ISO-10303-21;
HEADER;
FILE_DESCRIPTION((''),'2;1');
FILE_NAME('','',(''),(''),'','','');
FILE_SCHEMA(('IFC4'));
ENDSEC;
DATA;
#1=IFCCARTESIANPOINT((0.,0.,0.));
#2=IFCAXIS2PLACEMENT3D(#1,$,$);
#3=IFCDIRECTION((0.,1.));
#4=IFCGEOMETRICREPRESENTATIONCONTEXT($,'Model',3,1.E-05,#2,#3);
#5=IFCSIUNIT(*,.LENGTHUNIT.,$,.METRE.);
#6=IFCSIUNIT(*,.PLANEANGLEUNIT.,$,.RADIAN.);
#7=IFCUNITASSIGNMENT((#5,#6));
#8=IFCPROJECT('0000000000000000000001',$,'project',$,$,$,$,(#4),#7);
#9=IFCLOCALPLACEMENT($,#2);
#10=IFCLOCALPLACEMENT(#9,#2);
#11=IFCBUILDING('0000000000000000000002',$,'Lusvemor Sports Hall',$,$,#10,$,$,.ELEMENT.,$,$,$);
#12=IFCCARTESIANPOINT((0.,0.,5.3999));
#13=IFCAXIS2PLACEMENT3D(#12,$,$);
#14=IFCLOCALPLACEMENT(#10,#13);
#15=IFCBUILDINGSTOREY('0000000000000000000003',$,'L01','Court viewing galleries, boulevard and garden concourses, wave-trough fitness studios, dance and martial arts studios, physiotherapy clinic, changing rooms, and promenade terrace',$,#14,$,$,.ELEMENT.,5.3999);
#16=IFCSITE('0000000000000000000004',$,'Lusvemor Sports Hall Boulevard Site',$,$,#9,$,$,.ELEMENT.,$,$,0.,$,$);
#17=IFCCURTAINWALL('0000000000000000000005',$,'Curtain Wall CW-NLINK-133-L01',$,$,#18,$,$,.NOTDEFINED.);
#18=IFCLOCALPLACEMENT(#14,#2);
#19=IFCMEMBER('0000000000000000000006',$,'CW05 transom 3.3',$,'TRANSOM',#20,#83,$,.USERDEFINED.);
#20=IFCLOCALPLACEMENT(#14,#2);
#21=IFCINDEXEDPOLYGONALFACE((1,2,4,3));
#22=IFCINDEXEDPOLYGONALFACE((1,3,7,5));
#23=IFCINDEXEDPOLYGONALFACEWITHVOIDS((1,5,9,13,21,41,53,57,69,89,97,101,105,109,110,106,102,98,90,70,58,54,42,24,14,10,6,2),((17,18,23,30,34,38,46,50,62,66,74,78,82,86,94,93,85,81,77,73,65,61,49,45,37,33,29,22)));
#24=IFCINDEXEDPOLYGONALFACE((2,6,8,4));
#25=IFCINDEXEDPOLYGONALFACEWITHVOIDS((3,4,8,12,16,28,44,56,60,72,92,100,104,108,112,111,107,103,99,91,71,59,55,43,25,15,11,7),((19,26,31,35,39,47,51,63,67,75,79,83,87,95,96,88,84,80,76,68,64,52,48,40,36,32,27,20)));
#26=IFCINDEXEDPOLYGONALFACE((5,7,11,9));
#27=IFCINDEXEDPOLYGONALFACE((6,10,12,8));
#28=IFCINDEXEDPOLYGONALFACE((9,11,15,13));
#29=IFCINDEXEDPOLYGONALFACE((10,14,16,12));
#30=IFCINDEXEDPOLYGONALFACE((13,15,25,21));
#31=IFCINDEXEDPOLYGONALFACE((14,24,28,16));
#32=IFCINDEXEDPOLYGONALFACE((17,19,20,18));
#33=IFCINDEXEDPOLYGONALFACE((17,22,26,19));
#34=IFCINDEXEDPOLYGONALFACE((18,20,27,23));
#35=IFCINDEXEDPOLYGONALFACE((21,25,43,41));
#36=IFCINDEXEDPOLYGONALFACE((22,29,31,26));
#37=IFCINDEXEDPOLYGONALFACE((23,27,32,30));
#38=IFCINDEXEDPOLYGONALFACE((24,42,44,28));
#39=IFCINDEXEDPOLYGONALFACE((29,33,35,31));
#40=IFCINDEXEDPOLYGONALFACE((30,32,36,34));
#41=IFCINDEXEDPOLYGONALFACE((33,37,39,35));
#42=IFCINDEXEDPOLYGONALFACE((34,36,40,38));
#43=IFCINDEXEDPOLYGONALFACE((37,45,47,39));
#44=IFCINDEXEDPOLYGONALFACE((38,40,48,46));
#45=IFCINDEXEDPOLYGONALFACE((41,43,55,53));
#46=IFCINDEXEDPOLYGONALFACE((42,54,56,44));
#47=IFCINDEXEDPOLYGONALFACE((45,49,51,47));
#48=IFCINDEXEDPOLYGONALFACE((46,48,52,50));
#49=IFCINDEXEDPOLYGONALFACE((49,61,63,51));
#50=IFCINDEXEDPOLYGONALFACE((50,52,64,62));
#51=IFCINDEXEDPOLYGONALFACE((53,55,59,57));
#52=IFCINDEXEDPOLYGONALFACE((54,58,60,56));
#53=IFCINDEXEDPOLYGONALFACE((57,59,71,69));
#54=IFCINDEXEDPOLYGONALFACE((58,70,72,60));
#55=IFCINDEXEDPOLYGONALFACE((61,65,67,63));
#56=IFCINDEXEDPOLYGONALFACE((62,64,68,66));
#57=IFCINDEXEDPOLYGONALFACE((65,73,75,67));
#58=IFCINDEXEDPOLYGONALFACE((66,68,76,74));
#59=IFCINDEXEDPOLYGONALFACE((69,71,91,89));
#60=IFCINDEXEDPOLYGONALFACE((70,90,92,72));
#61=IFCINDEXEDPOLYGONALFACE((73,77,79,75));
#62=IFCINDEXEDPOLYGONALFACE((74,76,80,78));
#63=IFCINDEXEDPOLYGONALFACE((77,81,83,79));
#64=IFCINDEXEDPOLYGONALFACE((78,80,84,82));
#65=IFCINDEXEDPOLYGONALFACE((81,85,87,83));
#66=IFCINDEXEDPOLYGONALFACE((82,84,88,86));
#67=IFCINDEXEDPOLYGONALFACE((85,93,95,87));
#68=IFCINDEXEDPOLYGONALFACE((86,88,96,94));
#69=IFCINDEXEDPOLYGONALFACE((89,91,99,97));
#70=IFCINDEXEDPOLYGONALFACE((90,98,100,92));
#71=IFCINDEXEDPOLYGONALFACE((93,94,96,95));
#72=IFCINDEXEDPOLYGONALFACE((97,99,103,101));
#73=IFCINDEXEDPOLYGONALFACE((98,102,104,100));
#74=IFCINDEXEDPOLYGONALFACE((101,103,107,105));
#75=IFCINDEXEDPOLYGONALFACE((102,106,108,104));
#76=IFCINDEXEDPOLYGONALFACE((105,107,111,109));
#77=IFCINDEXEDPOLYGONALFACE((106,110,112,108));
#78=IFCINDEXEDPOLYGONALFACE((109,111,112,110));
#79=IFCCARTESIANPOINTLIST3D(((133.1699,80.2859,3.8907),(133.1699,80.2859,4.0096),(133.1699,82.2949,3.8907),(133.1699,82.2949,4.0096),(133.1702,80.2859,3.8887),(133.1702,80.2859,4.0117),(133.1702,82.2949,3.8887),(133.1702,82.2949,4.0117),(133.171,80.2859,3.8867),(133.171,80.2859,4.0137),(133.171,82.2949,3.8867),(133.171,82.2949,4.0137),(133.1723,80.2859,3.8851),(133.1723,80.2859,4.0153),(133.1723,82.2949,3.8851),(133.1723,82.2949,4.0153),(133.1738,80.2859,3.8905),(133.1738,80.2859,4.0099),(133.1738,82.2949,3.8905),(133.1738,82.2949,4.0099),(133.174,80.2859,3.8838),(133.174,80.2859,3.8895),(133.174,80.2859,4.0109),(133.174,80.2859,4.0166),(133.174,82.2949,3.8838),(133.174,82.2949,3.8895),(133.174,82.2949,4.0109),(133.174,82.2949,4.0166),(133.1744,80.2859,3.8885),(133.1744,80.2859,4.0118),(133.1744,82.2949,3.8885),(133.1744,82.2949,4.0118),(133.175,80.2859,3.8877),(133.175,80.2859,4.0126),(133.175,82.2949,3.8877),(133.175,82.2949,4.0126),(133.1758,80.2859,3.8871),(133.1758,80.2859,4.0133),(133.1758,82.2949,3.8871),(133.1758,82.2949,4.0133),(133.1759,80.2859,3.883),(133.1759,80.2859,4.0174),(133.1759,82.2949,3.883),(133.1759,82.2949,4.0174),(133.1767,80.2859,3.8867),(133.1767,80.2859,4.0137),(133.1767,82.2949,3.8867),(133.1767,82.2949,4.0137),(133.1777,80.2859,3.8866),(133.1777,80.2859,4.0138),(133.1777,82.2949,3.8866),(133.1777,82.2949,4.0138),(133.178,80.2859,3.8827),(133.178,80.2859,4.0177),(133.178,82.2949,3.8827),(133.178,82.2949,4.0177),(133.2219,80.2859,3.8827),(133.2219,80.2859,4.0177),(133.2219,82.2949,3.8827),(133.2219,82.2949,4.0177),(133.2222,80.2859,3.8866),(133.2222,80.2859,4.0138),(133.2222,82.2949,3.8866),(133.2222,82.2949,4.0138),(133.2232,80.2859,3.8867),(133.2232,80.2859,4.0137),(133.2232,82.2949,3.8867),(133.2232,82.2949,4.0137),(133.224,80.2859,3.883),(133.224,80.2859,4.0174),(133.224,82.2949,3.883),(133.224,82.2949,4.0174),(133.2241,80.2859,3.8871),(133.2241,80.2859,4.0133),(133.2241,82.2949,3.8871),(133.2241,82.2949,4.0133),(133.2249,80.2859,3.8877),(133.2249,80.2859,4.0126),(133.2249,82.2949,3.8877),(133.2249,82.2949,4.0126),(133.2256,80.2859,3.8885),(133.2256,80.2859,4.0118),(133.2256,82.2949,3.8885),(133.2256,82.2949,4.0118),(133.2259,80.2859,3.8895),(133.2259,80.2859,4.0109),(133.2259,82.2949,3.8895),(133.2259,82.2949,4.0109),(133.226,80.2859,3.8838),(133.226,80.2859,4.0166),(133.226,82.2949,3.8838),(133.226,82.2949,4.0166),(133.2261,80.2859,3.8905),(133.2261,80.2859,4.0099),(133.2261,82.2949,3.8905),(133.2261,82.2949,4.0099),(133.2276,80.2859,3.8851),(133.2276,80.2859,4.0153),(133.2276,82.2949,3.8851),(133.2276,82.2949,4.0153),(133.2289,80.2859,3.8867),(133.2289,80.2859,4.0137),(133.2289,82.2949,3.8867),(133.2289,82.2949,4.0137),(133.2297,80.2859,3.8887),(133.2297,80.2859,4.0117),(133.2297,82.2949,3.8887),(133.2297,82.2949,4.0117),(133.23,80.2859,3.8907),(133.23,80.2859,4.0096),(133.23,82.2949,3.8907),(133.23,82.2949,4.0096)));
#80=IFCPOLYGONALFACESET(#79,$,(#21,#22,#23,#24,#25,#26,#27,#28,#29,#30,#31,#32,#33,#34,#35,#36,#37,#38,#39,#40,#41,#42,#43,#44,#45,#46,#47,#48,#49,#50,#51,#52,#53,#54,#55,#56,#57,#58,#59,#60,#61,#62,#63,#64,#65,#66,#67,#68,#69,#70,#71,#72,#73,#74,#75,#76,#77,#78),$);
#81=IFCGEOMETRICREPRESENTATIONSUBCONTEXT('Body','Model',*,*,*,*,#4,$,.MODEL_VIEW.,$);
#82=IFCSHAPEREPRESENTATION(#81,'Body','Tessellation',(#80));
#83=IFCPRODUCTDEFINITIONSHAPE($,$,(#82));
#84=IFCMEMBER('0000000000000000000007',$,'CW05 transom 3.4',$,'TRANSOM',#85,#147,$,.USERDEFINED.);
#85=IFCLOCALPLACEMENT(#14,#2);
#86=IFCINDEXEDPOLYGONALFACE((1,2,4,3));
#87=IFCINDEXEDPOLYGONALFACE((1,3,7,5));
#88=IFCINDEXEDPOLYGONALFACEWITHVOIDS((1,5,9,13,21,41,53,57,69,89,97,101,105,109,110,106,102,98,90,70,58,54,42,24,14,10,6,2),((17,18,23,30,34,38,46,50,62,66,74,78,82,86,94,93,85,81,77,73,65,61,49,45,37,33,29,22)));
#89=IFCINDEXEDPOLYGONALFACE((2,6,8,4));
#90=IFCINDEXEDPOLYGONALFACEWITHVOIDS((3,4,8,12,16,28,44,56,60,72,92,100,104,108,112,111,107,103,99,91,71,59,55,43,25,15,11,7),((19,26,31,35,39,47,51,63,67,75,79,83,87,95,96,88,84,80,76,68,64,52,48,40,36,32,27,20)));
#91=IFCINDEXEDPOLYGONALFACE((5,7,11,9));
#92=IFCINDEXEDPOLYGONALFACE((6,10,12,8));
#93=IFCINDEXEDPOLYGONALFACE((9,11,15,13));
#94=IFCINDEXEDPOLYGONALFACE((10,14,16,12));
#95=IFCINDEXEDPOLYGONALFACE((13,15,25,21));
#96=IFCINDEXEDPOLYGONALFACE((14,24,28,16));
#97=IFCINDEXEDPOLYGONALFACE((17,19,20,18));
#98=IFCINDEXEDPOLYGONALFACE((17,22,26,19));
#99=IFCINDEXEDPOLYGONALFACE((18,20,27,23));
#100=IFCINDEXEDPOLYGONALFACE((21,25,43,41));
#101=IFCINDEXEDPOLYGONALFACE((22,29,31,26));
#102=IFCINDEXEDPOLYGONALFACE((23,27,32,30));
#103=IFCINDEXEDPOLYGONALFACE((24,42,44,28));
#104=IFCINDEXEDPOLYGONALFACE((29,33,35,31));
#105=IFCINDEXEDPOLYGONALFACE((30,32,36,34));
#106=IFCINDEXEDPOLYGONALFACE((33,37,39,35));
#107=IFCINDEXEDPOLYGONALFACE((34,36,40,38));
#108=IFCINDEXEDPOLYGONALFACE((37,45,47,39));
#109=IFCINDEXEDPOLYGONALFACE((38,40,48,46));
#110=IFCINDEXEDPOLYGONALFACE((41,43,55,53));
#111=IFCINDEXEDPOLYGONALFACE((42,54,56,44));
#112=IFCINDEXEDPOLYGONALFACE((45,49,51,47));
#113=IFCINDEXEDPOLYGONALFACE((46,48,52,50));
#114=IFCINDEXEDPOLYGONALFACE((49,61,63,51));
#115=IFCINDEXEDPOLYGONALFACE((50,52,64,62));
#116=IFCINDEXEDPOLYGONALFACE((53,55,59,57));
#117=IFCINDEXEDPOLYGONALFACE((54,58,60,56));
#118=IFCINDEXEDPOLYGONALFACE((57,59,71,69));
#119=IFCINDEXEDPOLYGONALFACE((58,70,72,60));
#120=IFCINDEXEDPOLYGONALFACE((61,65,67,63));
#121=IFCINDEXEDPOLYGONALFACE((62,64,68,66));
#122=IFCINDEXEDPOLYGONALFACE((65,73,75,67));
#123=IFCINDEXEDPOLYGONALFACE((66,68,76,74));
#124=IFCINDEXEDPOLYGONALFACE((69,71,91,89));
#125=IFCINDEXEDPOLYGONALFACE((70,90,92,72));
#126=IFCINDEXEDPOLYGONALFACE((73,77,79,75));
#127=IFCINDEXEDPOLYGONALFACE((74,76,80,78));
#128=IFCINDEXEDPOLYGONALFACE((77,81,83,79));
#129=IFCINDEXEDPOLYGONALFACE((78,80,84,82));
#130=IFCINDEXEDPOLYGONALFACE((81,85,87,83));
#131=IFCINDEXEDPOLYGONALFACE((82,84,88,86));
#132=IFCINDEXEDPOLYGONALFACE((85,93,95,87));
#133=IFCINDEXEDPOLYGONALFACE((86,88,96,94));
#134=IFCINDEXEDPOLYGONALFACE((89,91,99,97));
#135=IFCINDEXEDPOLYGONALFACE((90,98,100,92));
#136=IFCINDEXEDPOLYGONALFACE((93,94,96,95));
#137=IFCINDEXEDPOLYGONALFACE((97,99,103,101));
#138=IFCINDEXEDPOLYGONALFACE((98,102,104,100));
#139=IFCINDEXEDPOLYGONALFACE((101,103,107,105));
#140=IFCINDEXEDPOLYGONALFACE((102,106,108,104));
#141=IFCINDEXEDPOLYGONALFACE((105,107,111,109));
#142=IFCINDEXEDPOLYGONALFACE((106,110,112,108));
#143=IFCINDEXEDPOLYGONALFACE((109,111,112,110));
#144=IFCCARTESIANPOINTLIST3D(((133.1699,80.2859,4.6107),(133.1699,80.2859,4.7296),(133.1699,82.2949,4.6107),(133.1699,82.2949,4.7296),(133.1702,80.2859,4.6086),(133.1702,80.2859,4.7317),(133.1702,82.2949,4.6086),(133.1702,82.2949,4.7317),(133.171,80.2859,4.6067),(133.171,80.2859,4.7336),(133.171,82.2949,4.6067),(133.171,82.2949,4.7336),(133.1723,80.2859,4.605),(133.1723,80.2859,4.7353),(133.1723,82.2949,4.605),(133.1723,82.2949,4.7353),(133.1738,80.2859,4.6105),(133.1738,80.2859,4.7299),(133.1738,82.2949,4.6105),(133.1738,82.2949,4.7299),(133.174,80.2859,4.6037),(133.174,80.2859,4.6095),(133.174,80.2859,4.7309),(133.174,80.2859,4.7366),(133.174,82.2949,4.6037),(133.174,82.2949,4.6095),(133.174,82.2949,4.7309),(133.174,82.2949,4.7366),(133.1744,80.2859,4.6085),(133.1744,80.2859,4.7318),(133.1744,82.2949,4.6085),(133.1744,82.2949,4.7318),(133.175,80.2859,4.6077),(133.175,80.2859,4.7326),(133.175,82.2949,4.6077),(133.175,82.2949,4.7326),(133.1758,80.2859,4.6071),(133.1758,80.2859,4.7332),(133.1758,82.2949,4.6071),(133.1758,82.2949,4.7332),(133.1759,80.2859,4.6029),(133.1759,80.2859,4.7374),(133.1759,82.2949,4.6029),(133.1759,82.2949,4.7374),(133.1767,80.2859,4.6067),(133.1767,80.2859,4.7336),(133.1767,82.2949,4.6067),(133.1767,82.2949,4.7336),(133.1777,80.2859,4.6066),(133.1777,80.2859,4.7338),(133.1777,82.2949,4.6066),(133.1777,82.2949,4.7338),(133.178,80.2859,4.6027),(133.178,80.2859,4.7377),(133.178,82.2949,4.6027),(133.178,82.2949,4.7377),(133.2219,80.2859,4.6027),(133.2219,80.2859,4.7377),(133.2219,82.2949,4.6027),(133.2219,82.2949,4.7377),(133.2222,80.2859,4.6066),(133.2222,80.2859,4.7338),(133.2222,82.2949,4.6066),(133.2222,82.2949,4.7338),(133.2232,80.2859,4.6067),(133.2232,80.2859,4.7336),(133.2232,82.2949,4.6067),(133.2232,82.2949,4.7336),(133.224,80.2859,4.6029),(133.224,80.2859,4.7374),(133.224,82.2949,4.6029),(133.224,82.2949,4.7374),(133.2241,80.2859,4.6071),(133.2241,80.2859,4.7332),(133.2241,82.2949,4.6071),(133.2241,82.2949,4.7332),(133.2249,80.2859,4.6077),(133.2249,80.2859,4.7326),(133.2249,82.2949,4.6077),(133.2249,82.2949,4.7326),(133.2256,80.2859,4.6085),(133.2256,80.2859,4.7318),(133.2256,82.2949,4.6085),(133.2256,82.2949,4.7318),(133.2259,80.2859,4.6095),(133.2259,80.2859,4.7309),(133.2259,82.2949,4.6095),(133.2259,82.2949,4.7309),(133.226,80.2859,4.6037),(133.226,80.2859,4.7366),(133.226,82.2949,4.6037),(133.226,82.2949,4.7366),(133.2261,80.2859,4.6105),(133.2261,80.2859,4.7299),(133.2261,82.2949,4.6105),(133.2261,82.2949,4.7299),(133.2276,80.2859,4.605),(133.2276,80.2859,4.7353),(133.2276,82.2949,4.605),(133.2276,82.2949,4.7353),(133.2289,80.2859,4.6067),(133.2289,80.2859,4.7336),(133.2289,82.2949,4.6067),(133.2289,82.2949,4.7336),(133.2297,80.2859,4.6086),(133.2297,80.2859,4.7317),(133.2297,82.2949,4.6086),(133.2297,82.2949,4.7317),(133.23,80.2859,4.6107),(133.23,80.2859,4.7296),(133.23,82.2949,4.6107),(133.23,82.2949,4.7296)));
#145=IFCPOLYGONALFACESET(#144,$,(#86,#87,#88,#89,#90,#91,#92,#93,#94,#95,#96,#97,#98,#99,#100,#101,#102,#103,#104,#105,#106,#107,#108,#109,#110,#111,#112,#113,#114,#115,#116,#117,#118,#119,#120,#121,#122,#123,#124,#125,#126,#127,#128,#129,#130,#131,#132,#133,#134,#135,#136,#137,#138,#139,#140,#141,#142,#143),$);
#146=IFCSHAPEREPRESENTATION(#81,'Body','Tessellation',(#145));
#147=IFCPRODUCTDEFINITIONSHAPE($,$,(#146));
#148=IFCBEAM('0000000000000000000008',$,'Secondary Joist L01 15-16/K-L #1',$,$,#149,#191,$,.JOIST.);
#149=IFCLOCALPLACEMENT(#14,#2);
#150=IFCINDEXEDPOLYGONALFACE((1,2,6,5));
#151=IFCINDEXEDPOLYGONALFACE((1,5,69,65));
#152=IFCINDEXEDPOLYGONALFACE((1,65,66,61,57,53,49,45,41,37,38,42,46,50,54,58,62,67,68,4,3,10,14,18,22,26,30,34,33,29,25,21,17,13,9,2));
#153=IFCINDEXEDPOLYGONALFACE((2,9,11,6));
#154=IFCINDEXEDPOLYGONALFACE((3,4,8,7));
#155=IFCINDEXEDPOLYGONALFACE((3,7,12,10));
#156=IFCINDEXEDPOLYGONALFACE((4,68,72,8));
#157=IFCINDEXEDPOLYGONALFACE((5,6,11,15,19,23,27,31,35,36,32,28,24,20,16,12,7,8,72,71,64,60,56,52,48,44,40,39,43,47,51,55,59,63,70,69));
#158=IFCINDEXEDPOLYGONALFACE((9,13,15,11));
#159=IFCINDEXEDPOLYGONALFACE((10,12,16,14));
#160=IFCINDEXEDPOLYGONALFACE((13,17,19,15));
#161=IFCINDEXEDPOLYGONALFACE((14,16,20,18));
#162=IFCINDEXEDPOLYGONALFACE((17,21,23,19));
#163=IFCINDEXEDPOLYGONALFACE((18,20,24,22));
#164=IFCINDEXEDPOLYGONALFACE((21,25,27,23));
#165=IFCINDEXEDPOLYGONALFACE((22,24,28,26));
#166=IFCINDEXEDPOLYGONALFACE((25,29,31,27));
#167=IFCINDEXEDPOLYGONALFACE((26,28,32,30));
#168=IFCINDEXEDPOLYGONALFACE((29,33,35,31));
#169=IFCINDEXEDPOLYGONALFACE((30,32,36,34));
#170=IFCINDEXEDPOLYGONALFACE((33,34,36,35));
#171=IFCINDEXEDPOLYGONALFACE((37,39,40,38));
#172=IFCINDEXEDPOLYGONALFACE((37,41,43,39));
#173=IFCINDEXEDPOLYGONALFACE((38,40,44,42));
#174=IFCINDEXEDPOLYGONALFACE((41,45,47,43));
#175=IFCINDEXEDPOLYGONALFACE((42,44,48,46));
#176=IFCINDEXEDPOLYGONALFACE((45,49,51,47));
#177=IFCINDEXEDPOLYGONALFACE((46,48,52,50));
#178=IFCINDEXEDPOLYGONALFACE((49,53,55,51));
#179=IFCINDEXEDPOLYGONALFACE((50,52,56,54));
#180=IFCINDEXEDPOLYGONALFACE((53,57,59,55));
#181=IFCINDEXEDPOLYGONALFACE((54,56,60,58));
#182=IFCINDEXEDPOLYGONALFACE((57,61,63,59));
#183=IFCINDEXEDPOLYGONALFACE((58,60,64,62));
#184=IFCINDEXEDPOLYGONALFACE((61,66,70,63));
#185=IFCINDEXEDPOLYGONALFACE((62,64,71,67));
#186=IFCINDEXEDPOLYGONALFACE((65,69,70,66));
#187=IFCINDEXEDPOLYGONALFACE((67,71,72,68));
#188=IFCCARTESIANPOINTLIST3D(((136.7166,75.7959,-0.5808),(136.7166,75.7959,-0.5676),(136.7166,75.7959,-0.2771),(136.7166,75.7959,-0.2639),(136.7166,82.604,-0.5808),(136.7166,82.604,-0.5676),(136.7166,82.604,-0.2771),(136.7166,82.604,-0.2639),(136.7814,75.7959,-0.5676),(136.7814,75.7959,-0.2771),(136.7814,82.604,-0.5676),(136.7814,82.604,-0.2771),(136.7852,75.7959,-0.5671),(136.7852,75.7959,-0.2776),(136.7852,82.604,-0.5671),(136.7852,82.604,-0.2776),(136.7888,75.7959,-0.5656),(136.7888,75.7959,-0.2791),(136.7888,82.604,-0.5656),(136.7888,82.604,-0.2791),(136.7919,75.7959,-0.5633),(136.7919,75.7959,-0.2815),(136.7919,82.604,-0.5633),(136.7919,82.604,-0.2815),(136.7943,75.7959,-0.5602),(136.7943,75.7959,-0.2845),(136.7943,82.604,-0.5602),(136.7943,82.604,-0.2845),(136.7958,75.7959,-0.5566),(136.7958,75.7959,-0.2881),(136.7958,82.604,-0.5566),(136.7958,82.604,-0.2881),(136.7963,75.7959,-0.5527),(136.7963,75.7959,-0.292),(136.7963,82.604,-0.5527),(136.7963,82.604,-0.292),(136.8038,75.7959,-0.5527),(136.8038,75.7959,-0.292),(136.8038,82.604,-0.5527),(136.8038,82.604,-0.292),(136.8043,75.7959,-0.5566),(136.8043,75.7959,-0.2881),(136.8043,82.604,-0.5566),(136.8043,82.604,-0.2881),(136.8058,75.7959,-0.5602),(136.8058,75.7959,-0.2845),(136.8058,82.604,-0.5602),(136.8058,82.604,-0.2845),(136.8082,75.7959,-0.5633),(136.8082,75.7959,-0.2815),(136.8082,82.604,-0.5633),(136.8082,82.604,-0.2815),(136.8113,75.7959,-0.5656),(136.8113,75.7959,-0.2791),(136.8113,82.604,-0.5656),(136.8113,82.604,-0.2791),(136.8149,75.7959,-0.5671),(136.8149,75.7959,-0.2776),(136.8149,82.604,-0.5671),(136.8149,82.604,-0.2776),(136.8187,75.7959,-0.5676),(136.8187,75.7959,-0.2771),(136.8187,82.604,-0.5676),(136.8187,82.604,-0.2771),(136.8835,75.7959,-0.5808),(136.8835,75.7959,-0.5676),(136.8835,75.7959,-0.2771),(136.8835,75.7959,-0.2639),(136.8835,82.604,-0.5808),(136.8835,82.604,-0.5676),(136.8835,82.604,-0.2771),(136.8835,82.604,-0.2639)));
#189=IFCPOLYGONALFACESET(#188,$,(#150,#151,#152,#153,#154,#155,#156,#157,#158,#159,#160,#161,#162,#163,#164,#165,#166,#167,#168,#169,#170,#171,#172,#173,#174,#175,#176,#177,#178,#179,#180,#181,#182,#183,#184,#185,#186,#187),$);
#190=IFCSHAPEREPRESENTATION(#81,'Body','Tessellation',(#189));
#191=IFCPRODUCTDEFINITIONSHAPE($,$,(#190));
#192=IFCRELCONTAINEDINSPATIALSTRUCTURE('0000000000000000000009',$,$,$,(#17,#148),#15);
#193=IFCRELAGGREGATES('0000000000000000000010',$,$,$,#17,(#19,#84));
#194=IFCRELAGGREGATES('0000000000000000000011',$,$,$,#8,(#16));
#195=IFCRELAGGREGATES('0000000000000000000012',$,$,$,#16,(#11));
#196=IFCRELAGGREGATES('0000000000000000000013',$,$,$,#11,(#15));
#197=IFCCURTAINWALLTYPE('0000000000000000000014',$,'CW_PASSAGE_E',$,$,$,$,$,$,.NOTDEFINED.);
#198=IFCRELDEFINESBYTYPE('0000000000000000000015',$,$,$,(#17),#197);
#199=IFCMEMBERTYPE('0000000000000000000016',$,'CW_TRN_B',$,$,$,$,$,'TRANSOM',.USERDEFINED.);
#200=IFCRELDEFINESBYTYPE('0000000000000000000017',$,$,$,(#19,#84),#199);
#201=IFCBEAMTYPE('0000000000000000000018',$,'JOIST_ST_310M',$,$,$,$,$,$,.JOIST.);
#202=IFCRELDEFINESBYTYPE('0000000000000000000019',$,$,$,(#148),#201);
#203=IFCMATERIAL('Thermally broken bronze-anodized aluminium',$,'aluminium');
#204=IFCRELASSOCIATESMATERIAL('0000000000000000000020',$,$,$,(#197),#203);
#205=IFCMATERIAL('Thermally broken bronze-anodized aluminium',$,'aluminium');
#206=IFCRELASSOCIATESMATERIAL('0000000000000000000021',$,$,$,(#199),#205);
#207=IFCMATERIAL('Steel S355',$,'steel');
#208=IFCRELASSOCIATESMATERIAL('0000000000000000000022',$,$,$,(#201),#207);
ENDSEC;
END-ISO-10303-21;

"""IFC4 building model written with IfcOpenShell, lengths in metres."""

from ifc_helpers import new_model, si_unit, direction, frame, origin, origin_2d, place, context, subcontext, project, spatial, hollow_rectangle, i_section, extrude, material, material_profile, profile_set, type_object, element, aggregate, save


model = new_model("IFC4")

# Units and contexts
model_context = context("Model", 3, precision=1e-05, world=origin(), true_north=direction((0.0, 1.0)))
body_context = subcontext(model_context, "Body", "Model", "MODEL_VIEW")
ifc_project = project(units=[si_unit("LENGTHUNIT", "METRE"), si_unit("PLANEANGLEUNIT", "RADIAN")], contexts=[model_context])

# Site, building, storey
site_placement = place(None, origin())
site = spatial("IfcSite", under=ifc_project, at=site_placement, Name="Lusvemor Sports Hall Boulevard Site", CompositionType="ELEMENT", RefElevation=0.0)
building_placement = place(site_placement, origin())
building = spatial("IfcBuilding", under=site, at=building_placement, Name="Lusvemor Sports Hall", CompositionType="ELEMENT")
storey_placement = place(building_placement, frame((0.0, 0.0, 5.3999)))
storey = spatial("IfcBuildingStorey", under=building, at=storey_placement, Name="L01", Description="Court viewing galleries, boulevard and garden concourses, wave-trough fitness studios, dance and martial arts studios, physiotherapy clinic, changing rooms, and promenade terrace", CompositionType="ELEMENT", Elevation=5.3999)

# Curtain wall, members
ifc_material_1 = material(Name="Thermally broken bronze-anodized aluminium", Category="aluminium")
curtain_wall_type = type_object("IfcCurtainWallType", Name="CW_PASSAGE_E", PredefinedType="NOTDEFINED", material=ifc_material_1)
curtain_wall_placement = place(storey_placement, origin())
curtain_wall = element("IfcCurtainWall", 1, at=curtain_wall_placement, inside=storey, type_object=curtain_wall_type, Name="Curtain Wall CW-NLINK-133-L01", PredefinedType="NOTDEFINED")
ifc_material_2 = material(Name="Thermally broken bronze-anodized aluminium", Category="aluminium")
ifc_material_profile_1 = material_profile(ifc_material_2, hollow_rectangle(XDim=0.0601, YDim=0.135, WallThickness=0.0039, InnerFilletRadius=0.0039, OuterFilletRadius=0.0081, at=origin_2d()), Name="CWTRN135x60x4")
ifc_profile_set_1 = profile_set([ifc_material_profile_1], Name="Thermally broken bronze-anodized aluminium")
member_type_1 = type_object("IfcMemberType", Name="CW_TRN_B", ElementType="TRANSOM", PredefinedType="USERDEFINED", material=ifc_profile_set_1)
member_1_placement = place(storey_placement, frame((133.2, 80.2859, 3.9502), z_axis=(0.0, 1.0, 0.0), x_axis=(-1.0, 0.0, 0.0)))
member_1 = element("IfcMember", 2, at=member_1_placement, type_object=member_type_1, Name="CW05 transom 3.3", ObjectType="TRANSOM", PredefinedType="USERDEFINED", context=body_context, shape_type="SweptSolid", body=[
    extrude(hollow_rectangle(XDim=0.0601, YDim=0.135, WallThickness=0.0039, InnerFilletRadius=0.0039, OuterFilletRadius=0.0081, at=origin_2d()), origin(), (0.0, 0.0, 1.0), 2.009),
])
member_2_placement = place(storey_placement, frame((133.2, 80.2859, 4.6702), z_axis=(0.0, 1.0, 0.0), x_axis=(-1.0, 0.0, 0.0)))
member_2 = element("IfcMember", 3, at=member_2_placement, type_object=member_type_1, Name="CW05 transom 3.4", ObjectType="TRANSOM", PredefinedType="USERDEFINED", context=body_context, shape_type="SweptSolid", body=[
    extrude(hollow_rectangle(XDim=0.0601, YDim=0.135, WallThickness=0.0039, InnerFilletRadius=0.0039, OuterFilletRadius=0.0081, at=origin_2d()), origin(), (0.0, 0.0, 1.0), 2.009),
])

# Beam
ifc_material_3 = material(Name="Steel S355", Category="steel")
ifc_material_profile_2 = material_profile(ifc_material_3, i_section(OverallWidth=0.167, OverallDepth=0.3169, WebThickness=0.0076, FlangeThickness=0.0132, FilletRadius=0.0149, at=origin_2d()), Name="W310x52.0")
ifc_profile_set_2 = profile_set([ifc_material_profile_2], Name="Steel S355")
beam_type_1 = type_object("IfcBeamType", Name="JOIST_ST_310M", PredefinedType="JOIST", material=ifc_profile_set_2)
beam_1_placement = place(storey_placement, frame((136.8, 75.7959, -0.4224), z_axis=(0.0, 1.0, 0.0), x_axis=(-1.0, 0.0, 0.0)))
element("IfcBeam", 4, at=beam_1_placement, inside=storey, type_object=beam_type_1, Name="Secondary Joist L01 15-16/K-L #1", PredefinedType="JOIST", context=body_context, shape_type="SweptSolid", body=[
    extrude(i_section(OverallWidth=0.167, OverallDepth=0.3169, WebThickness=0.0076, FlangeThickness=0.0132, FilletRadius=0.0149, at=origin_2d()), origin(), (0.0, 0.0, 1.0), 6.8081),
])

aggregate(curtain_wall, [member_1, member_2])

save(model, "model.ifc")
